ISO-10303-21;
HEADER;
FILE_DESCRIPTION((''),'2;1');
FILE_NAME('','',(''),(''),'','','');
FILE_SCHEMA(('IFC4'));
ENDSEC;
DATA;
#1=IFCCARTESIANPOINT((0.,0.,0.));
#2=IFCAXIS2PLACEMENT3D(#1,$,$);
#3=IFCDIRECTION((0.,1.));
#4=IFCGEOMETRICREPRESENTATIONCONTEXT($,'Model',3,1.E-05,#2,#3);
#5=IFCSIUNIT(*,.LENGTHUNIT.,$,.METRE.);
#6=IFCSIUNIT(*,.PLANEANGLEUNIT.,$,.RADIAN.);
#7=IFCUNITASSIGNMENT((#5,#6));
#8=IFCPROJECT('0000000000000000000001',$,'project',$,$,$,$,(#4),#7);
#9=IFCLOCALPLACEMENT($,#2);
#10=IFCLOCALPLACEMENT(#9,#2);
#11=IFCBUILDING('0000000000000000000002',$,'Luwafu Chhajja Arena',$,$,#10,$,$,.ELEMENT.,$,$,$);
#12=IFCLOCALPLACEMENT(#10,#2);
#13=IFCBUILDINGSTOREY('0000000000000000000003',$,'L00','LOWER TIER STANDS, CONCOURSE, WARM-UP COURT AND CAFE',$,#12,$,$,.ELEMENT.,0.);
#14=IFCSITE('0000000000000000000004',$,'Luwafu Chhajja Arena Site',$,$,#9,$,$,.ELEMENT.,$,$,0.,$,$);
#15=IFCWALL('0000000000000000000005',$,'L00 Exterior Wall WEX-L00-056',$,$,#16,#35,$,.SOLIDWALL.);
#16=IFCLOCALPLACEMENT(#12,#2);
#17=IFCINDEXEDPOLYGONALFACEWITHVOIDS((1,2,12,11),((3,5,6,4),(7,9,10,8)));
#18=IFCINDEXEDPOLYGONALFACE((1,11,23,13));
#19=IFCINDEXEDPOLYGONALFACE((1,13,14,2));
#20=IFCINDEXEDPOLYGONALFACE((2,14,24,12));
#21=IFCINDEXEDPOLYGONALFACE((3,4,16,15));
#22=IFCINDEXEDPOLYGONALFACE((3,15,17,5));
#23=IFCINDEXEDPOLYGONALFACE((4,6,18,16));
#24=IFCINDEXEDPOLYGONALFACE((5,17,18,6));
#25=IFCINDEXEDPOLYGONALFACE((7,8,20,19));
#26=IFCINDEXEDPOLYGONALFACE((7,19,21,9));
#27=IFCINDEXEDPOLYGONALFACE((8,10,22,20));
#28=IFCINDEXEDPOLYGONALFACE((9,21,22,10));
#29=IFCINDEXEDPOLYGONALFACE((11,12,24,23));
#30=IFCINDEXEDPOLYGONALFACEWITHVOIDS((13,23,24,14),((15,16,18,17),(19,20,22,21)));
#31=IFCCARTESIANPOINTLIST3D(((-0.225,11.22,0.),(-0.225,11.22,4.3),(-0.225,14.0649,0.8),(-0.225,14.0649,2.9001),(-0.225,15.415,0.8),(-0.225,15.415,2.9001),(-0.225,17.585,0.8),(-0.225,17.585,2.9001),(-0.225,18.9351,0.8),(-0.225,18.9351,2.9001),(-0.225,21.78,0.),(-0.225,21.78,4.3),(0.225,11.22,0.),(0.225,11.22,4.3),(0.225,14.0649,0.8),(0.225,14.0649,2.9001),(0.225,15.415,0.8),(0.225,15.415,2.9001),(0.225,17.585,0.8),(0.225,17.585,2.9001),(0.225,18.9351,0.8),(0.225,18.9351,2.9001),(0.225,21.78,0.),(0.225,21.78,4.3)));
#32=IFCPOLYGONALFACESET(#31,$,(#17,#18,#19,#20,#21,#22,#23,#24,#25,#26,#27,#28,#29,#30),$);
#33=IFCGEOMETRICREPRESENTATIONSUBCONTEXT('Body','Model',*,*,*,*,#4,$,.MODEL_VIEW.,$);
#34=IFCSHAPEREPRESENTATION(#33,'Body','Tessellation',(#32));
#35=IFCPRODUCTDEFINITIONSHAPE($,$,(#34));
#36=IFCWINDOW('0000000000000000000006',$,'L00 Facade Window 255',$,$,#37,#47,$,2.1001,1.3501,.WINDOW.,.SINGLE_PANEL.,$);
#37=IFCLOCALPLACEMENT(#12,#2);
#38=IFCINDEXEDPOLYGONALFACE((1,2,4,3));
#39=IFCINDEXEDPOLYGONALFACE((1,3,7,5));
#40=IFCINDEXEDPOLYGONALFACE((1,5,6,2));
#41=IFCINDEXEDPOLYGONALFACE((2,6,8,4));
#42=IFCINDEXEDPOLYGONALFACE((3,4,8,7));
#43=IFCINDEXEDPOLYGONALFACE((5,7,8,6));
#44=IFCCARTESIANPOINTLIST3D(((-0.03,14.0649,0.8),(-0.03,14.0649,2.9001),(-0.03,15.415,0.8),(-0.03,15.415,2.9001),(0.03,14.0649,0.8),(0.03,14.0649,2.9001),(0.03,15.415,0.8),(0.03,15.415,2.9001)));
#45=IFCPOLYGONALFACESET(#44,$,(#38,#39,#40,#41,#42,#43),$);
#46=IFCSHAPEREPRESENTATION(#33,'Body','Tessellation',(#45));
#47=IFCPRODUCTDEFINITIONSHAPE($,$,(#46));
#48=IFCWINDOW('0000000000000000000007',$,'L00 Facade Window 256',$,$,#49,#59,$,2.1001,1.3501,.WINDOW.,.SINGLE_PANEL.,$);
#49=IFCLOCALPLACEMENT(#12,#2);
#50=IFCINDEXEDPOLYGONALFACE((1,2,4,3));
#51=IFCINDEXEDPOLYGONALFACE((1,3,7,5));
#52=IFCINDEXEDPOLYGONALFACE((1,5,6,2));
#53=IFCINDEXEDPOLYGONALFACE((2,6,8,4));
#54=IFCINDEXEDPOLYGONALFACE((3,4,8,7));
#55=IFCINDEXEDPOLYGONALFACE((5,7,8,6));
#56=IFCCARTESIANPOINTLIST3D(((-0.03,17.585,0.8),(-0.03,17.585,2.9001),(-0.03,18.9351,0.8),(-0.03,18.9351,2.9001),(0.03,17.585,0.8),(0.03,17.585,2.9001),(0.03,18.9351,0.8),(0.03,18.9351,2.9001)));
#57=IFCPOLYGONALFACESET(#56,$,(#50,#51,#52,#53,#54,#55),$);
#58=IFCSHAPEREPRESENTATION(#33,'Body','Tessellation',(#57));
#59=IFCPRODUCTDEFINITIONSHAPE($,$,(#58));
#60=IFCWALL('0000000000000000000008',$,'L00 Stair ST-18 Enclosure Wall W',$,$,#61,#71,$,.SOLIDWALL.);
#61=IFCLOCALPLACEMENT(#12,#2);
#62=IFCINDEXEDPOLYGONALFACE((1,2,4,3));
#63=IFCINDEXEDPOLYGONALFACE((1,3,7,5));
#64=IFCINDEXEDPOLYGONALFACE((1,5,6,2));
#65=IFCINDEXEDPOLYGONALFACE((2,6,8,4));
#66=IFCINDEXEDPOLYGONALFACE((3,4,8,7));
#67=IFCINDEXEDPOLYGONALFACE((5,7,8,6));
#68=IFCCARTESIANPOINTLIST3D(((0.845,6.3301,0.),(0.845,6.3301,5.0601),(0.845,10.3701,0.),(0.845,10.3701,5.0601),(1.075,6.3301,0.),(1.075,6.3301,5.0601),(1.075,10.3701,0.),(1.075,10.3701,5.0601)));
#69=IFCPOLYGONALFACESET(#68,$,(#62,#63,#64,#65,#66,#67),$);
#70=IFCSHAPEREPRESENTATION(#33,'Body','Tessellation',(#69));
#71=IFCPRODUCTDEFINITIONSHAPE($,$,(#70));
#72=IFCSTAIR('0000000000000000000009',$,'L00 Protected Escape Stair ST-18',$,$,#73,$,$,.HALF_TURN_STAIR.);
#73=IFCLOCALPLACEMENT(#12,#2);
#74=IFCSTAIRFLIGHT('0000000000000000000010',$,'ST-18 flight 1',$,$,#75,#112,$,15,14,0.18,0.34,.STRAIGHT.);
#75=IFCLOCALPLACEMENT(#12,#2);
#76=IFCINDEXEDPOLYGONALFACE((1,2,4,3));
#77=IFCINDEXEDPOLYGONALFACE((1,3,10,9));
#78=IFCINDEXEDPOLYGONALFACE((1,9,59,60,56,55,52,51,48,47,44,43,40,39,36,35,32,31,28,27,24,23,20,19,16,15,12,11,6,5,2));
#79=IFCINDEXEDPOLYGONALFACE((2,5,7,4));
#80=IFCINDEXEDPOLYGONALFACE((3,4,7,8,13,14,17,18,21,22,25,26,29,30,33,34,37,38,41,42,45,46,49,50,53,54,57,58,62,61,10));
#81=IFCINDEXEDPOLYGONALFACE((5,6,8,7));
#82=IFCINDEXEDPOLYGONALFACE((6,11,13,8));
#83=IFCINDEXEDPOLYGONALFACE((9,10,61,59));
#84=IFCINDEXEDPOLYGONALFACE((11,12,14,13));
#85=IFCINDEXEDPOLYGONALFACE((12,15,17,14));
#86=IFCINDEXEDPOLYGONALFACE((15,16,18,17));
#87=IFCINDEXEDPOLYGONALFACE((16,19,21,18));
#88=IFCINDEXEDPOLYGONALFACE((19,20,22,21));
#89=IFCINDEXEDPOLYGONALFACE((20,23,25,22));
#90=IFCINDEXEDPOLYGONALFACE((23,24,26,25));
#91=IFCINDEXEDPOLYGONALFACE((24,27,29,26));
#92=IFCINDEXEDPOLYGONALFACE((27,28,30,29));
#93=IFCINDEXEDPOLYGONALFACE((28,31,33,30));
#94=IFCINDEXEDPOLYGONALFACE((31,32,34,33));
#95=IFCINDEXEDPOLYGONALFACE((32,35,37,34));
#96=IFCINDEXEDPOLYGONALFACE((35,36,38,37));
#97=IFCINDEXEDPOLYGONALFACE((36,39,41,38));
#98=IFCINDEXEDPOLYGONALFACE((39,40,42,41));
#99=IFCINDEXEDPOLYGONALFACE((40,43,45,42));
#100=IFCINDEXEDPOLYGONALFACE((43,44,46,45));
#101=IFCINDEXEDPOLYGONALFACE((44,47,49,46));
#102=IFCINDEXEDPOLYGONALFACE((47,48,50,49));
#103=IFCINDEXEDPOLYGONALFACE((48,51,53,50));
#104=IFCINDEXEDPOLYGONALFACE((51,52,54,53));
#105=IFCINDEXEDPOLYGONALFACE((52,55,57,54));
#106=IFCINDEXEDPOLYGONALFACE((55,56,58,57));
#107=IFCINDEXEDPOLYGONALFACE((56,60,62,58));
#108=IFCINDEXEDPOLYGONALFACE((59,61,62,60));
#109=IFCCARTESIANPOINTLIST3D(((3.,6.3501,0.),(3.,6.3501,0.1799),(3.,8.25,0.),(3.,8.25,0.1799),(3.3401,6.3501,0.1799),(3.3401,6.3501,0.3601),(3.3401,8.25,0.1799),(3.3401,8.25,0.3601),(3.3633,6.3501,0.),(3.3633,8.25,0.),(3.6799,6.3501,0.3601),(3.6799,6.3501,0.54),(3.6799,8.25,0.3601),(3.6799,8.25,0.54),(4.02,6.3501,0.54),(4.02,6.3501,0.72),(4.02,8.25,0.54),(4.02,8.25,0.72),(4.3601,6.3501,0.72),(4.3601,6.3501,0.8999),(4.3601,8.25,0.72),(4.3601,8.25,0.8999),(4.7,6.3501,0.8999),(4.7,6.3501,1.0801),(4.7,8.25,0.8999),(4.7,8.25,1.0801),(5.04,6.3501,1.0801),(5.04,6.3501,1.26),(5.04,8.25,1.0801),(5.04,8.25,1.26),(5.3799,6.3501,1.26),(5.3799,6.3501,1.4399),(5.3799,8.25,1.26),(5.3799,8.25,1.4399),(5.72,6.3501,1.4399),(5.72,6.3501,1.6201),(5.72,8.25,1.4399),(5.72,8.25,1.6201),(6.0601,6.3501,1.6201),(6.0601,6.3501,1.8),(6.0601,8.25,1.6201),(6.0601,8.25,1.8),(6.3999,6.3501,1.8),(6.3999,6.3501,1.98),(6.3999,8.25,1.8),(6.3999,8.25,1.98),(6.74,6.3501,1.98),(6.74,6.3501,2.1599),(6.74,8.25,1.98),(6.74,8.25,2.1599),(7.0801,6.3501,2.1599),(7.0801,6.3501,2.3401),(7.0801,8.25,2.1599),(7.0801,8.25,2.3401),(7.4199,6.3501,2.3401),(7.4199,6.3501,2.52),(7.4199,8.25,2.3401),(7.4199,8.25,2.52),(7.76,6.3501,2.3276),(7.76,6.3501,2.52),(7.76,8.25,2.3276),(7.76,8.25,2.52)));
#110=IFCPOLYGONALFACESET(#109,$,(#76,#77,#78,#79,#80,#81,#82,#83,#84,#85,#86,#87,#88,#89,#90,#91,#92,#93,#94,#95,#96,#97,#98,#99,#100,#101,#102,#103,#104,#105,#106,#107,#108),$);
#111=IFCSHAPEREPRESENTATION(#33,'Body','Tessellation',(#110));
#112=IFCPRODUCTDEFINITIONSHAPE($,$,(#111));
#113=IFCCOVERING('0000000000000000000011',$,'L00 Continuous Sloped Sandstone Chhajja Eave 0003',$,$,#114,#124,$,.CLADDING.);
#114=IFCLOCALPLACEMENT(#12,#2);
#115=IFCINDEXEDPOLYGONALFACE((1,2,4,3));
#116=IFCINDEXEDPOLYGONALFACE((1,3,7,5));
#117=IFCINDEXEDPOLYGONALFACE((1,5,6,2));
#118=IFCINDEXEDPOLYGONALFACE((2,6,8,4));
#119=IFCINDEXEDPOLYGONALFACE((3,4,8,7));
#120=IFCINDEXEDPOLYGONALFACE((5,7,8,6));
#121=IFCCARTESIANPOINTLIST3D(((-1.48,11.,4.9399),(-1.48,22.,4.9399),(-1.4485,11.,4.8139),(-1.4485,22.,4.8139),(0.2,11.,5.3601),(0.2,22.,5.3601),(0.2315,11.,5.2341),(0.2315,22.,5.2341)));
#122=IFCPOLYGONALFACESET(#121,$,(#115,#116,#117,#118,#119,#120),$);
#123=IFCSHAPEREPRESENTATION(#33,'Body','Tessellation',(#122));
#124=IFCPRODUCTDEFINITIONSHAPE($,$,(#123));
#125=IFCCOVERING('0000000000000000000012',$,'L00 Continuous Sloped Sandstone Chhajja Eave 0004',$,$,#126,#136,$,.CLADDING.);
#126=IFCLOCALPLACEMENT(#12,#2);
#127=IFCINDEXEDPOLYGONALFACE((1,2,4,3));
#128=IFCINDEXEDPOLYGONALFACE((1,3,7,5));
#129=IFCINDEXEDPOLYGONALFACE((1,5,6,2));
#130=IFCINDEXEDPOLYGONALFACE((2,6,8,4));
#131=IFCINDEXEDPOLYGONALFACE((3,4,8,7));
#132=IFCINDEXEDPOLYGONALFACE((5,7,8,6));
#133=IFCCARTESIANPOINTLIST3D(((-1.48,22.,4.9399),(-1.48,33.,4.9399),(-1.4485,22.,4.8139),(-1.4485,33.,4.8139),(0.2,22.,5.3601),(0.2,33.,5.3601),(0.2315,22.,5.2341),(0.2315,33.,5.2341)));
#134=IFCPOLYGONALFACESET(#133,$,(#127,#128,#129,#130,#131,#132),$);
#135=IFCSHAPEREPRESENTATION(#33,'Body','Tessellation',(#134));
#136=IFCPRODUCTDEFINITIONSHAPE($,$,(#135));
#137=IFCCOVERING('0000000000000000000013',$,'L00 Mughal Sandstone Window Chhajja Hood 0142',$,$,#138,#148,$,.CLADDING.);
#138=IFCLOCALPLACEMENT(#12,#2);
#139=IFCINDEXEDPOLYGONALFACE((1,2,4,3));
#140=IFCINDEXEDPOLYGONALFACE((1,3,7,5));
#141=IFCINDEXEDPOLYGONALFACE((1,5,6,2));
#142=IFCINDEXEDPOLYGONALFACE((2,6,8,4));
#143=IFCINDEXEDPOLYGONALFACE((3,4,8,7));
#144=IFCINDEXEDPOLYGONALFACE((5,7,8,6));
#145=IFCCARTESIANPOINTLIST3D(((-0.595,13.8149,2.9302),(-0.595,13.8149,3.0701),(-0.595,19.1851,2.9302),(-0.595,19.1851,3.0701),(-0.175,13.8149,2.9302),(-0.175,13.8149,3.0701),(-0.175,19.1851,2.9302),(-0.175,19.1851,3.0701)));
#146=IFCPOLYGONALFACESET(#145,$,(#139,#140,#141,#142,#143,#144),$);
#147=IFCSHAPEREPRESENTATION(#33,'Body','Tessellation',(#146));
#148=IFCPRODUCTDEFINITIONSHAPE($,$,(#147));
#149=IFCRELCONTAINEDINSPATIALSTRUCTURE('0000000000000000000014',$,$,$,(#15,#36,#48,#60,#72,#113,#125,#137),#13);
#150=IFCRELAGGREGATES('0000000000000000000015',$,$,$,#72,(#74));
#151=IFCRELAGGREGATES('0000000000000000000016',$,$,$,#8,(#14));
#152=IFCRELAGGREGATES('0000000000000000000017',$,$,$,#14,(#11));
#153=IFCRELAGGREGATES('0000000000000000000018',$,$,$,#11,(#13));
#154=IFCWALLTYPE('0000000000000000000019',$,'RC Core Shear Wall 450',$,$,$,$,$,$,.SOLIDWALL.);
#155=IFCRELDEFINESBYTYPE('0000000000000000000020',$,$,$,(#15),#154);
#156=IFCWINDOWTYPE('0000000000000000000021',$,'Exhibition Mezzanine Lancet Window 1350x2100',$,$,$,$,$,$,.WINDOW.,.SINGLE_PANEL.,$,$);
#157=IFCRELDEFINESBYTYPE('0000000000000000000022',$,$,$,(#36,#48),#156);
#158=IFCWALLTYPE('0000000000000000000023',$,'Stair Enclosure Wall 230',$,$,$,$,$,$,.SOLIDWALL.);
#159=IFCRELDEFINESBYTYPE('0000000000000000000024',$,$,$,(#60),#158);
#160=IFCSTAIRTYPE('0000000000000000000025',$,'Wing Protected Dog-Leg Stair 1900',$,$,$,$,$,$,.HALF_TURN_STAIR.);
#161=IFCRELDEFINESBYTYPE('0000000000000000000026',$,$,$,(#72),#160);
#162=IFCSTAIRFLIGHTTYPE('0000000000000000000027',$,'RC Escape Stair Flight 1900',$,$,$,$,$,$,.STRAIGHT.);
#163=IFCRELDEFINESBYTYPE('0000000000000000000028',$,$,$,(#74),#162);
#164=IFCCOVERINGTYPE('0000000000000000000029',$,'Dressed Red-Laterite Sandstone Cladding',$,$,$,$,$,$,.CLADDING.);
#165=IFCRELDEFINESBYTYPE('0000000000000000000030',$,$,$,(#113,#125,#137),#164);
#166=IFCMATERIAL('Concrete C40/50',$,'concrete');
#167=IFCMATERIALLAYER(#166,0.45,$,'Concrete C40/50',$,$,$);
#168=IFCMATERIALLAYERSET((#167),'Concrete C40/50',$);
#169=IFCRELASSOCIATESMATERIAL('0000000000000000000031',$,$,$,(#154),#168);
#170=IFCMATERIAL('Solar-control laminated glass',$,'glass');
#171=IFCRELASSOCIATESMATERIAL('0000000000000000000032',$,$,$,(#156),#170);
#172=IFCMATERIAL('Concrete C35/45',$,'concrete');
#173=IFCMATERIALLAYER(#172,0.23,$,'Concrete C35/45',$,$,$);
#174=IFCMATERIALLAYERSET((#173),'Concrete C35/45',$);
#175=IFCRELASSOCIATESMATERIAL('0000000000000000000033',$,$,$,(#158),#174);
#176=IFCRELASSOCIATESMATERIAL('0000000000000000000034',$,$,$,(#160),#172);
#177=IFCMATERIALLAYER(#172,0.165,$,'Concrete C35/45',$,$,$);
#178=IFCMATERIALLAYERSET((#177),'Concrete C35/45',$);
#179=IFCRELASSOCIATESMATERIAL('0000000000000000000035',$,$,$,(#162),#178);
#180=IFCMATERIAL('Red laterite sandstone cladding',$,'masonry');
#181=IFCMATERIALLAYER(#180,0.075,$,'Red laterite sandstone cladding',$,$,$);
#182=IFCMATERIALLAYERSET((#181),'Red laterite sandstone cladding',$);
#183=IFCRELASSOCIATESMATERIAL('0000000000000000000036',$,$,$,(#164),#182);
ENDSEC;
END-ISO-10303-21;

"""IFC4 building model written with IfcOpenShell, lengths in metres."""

from ifc_helpers import new_model, si_unit, direction, frame, frame_2d, origin, origin_2d, place, context, subcontext, project, spatial, polyline, rectangle, outline, extrude, material, layer, layer_set, type_object, element, fill, aggregate, save


model = new_model("IFC4")

# Units and contexts
model_context = context("Model", 3, precision=1e-05, world=origin(), true_north=direction((0.0, 1.0)))
body_context = subcontext(model_context, "Body", "Model", "MODEL_VIEW")
ifc_project = project(units=[si_unit("LENGTHUNIT", "METRE"), si_unit("PLANEANGLEUNIT", "RADIAN")], contexts=[model_context])

# Site, building, storey
site_placement = place(None, origin())
site = spatial("IfcSite", under=ifc_project, at=site_placement, Name="Luwafu Chhajja Arena Site", CompositionType="ELEMENT", RefElevation=0.0)
building_placement = place(site_placement, origin())
building = spatial("IfcBuilding", under=site, at=building_placement, Name="Luwafu Chhajja Arena", CompositionType="ELEMENT")
storey_placement = place(building_placement, origin())
storey = spatial("IfcBuildingStorey", under=building, at=storey_placement, Name="L00", Description="LOWER TIER STANDS, CONCOURSE, WARM-UP COURT AND CAFE", CompositionType="ELEMENT", Elevation=0.0)

# Shared definitions
ifc_material_1 = material(Name="Concrete C40/50", Category="concrete")

# Shared definitions
ifc_material_2 = material(Name="Concrete C35/45", Category="concrete")

# Wall, openings, windows
ifc_layer_1 = layer(ifc_material_1, 0.45, Name="Concrete C40/50")
ifc_layer_set_1 = layer_set([ifc_layer_1], Name="Concrete C40/50")
wall_type_1 = type_object("IfcWallType", Name="RC Core Shear Wall 450", PredefinedType="SOLIDWALL", material=ifc_layer_set_1)
wall_1_placement = place(storey_placement, frame((0.0, 11.22, 0.0), z_axis=(0.0, 0.0, 1.0), x_axis=(0.0, 1.0, 0.0)))
wall_1 = element("IfcWall", 1, at=wall_1_placement, inside=storey, type_object=wall_type_1, Name="L00 Exterior Wall WEX-L00-056", PredefinedType="SOLIDWALL", context=body_context, shape_type="SweptSolid", body=[
    extrude(rectangle(XDim=10.5601, YDim=0.45, at=frame_2d((5.28, 0.0))), origin(), (0.0, 0.0, 1.0), 4.3),
])
opening_1_placement = place(wall_1_placement, frame((2.845, 0.0, 0.8)))
opening_1 = element("IfcOpeningElement", 2, at=opening_1_placement, cuts=wall_1, PredefinedType="OPENING", context=body_context, shape_type="SweptSolid", body=[
    extrude(rectangle(XDim=1.3501, YDim=2.1001, at=frame_2d((0.675, 1.05))), frame((0.0, 0.2349, 0.0), z_axis=(0.0, -1.0, 0.0), x_axis=(1.0, 0.0, 0.0)), (0.0, 0.0, 1.0), 0.47),
])
opening_2_placement = place(wall_1_placement, frame((6.365, 0.0, 0.8)))
opening_2 = element("IfcOpeningElement", 3, at=opening_2_placement, cuts=wall_1, PredefinedType="OPENING", context=body_context, shape_type="SweptSolid", body=[
    extrude(rectangle(XDim=1.3501, YDim=2.1001, at=frame_2d((0.675, 1.05))), frame((0.0, 0.2349, 0.0), z_axis=(0.0, -1.0, 0.0), x_axis=(1.0, 0.0, 0.0)), (0.0, 0.0, 1.0), 0.47),
])
ifc_material_3 = material(Name="Solar-control laminated glass", Category="glass")
window_type = type_object("IfcWindowType", Name="Exhibition Mezzanine Lancet Window 1350x2100", PartitioningType="SINGLE_PANEL", PredefinedType="WINDOW", material=ifc_material_3)
window_1_placement = place(opening_1_placement, origin())
window_1 = element("IfcWindow", 4, at=window_1_placement, inside=storey, type_object=window_type, Name="L00 Facade Window 255", OverallHeight=2.1001, OverallWidth=1.3501, PartitioningType="SINGLE_PANEL", PredefinedType="WINDOW", context=body_context, shape_type="SweptSolid", body=[
    extrude(rectangle(XDim=1.3501, YDim=2.1001, at=frame_2d((0.675, 1.05))), frame((0.0, 0.03, 0.0), z_axis=(0.0, -1.0, 0.0), x_axis=(1.0, 0.0, 0.0)), (0.0, 0.0, 1.0), 0.0601),
])
fill(opening_1, window_1)
window_2_placement = place(opening_2_placement, origin())
window_2 = element("IfcWindow", 5, at=window_2_placement, inside=storey, type_object=window_type, Name="L00 Facade Window 256", OverallHeight=2.1001, OverallWidth=1.3501, PartitioningType="SINGLE_PANEL", PredefinedType="WINDOW", context=body_context, shape_type="SweptSolid", body=[
    extrude(rectangle(XDim=1.3501, YDim=2.1001, at=frame_2d((0.675, 1.05))), frame((0.0, 0.03, 0.0), z_axis=(0.0, -1.0, 0.0), x_axis=(1.0, 0.0, 0.0)), (0.0, 0.0, 1.0), 0.0601),
])
fill(opening_2, window_2)

# Wall
ifc_layer_2 = layer(ifc_material_2, 0.23, Name="Concrete C35/45")
ifc_layer_set_2 = layer_set([ifc_layer_2], Name="Concrete C35/45")
wall_type_2 = type_object("IfcWallType", Name="Stair Enclosure Wall 230", PredefinedType="SOLIDWALL", material=ifc_layer_set_2)
wall_2_placement = place(storey_placement, frame((0.96, 6.3301, 0.0), z_axis=(0.0, 0.0, 1.0), x_axis=(0.0, 1.0, 0.0)))
element("IfcWall", 6, at=wall_2_placement, inside=storey, type_object=wall_type_2, Name="L00 Stair ST-18 Enclosure Wall W", PredefinedType="SOLIDWALL", context=body_context, shape_type="SweptSolid", body=[
    extrude(rectangle(XDim=4.04, YDim=0.23, at=frame_2d((2.02, 0.0))), origin(), (0.0, 0.0, 1.0), 5.0601),
])

# Stair, stair flight
stair_type = type_object("IfcStairType", Name="Wing Protected Dog-Leg Stair 1900", PredefinedType="HALF_TURN_STAIR", material=ifc_material_2)
stair_placement = place(storey_placement, origin())
stair = element("IfcStair", 7, at=stair_placement, inside=storey, type_object=stair_type, Name="L00 Protected Escape Stair ST-18", PredefinedType="HALF_TURN_STAIR")
ifc_layer_3 = layer(ifc_material_2, 0.165, Name="Concrete C35/45")
ifc_layer_set_3 = layer_set([ifc_layer_3], Name="Concrete C35/45")
stair_flight_type = type_object("IfcStairFlightType", Name="RC Escape Stair Flight 1900", PredefinedType="STRAIGHT", material=ifc_layer_set_3)
stair_flight_placement = place(storey_placement, frame((3.0, 7.3, 0.0), z_axis=(0.0, 0.0, 1.0), x_axis=(1.0, 0.0, 0.0)))
stair_flight = element("IfcStairFlight", 8, at=stair_flight_placement, type_object=stair_flight_type, Name="ST-18 flight 1", NumberOfRisers=15, NumberOfTreads=14, PredefinedType="STRAIGHT", RiserHeight=0.18, TreadLength=0.34, context=body_context, shape_type="SweptSolid", body=[
    extrude(outline(polyline([(0.0, 0.0), (0.0, 0.1799), (0.3401, 0.1799), (0.3401, 0.3601), (0.6799, 0.3601), (0.6799, 0.54), (1.02, 0.54), (1.02, 0.72), (1.3601, 0.72), (1.3601, 0.8999), (1.7, 0.8999), (1.7, 1.0801), (2.04, 1.0801), (2.04, 1.26), (2.3799, 1.26), (2.3799, 1.4399), (2.72, 1.4399), (2.72, 1.6201), (3.0601, 1.6201), (3.0601, 1.8), (3.3999, 1.8), (3.3999, 1.98), (3.74, 1.98), (3.74, 2.1599), (4.0801, 2.1599), (4.0801, 2.3401), (4.4199, 2.3401), (4.4199, 2.52), (4.76, 2.52), (4.76, 2.7), (4.76, 2.3276), (0.3633, 0.0), (0.0, 0.0)])), frame((0.0, 0.95, 0.0), z_axis=(0.0, -1.0, 0.0), x_axis=(1.0, 0.0, 0.0)), (0.0, 0.0, 1.0), 1.8999),
])
aggregate(stair, [stair_flight])

# Coverings
ifc_material_4 = material(Name="Red laterite sandstone cladding", Category="masonry")
ifc_layer_4 = layer(ifc_material_4, 0.075, Name="Red laterite sandstone cladding")
ifc_layer_set_4 = layer_set([ifc_layer_4], Name="Red laterite sandstone cladding")
covering_type = type_object("IfcCoveringType", Name="Dressed Red-Laterite Sandstone Cladding", PredefinedType="CLADDING", material=ifc_layer_set_4)
for number, where, z_axis, x_axis, name in (
    (9, (0.2, 11.0, 5.3601), (-0.242635, 0.0, 0.970118), (0.0, 1.0, 0.0), "L00 Continuous Sloped Sandstone Chhajja Eave 0003"),
    (10, (0.2, 22.0, 5.3601), (-0.242635, 0.0, 0.970118), (0.0, 1.0, 0.0), "L00 Continuous Sloped Sandstone Chhajja Eave 0004"),
):
    element("IfcCovering", number, at=place(storey_placement, frame(where, z_axis=z_axis, x_axis=x_axis)), inside=storey, type_object=covering_type, Name=name, PredefinedType="CLADDING", context=body_context, shape_type="SweptSolid", body=[
        extrude(outline(polyline([(0.0, 0.0), (11.0, 0.0), (11.0, 1.7317), (0.0, 1.7317), (0.0, 0.0)])), origin(), (0.0, 0.0, -1.0), 0.1299),
    ])
covering_placement = place(storey_placement, frame((-0.385, 16.5, 2.9302), z_axis=(0.0, 0.0, 1.0), x_axis=(0.0, 1.0, 0.0)))
element("IfcCovering", 11, at=covering_placement, inside=storey, type_object=covering_type, Name="L00 Mughal Sandstone Window Chhajja Hood 0142", PredefinedType="CLADDING", context=body_context, shape_type="SweptSolid", body=[
    extrude(rectangle(XDim=5.3701, YDim=0.4199, at=origin_2d()), origin(), (0.0, 0.0, 1.0), 0.1399),
])

save(model, "model.ifc")
